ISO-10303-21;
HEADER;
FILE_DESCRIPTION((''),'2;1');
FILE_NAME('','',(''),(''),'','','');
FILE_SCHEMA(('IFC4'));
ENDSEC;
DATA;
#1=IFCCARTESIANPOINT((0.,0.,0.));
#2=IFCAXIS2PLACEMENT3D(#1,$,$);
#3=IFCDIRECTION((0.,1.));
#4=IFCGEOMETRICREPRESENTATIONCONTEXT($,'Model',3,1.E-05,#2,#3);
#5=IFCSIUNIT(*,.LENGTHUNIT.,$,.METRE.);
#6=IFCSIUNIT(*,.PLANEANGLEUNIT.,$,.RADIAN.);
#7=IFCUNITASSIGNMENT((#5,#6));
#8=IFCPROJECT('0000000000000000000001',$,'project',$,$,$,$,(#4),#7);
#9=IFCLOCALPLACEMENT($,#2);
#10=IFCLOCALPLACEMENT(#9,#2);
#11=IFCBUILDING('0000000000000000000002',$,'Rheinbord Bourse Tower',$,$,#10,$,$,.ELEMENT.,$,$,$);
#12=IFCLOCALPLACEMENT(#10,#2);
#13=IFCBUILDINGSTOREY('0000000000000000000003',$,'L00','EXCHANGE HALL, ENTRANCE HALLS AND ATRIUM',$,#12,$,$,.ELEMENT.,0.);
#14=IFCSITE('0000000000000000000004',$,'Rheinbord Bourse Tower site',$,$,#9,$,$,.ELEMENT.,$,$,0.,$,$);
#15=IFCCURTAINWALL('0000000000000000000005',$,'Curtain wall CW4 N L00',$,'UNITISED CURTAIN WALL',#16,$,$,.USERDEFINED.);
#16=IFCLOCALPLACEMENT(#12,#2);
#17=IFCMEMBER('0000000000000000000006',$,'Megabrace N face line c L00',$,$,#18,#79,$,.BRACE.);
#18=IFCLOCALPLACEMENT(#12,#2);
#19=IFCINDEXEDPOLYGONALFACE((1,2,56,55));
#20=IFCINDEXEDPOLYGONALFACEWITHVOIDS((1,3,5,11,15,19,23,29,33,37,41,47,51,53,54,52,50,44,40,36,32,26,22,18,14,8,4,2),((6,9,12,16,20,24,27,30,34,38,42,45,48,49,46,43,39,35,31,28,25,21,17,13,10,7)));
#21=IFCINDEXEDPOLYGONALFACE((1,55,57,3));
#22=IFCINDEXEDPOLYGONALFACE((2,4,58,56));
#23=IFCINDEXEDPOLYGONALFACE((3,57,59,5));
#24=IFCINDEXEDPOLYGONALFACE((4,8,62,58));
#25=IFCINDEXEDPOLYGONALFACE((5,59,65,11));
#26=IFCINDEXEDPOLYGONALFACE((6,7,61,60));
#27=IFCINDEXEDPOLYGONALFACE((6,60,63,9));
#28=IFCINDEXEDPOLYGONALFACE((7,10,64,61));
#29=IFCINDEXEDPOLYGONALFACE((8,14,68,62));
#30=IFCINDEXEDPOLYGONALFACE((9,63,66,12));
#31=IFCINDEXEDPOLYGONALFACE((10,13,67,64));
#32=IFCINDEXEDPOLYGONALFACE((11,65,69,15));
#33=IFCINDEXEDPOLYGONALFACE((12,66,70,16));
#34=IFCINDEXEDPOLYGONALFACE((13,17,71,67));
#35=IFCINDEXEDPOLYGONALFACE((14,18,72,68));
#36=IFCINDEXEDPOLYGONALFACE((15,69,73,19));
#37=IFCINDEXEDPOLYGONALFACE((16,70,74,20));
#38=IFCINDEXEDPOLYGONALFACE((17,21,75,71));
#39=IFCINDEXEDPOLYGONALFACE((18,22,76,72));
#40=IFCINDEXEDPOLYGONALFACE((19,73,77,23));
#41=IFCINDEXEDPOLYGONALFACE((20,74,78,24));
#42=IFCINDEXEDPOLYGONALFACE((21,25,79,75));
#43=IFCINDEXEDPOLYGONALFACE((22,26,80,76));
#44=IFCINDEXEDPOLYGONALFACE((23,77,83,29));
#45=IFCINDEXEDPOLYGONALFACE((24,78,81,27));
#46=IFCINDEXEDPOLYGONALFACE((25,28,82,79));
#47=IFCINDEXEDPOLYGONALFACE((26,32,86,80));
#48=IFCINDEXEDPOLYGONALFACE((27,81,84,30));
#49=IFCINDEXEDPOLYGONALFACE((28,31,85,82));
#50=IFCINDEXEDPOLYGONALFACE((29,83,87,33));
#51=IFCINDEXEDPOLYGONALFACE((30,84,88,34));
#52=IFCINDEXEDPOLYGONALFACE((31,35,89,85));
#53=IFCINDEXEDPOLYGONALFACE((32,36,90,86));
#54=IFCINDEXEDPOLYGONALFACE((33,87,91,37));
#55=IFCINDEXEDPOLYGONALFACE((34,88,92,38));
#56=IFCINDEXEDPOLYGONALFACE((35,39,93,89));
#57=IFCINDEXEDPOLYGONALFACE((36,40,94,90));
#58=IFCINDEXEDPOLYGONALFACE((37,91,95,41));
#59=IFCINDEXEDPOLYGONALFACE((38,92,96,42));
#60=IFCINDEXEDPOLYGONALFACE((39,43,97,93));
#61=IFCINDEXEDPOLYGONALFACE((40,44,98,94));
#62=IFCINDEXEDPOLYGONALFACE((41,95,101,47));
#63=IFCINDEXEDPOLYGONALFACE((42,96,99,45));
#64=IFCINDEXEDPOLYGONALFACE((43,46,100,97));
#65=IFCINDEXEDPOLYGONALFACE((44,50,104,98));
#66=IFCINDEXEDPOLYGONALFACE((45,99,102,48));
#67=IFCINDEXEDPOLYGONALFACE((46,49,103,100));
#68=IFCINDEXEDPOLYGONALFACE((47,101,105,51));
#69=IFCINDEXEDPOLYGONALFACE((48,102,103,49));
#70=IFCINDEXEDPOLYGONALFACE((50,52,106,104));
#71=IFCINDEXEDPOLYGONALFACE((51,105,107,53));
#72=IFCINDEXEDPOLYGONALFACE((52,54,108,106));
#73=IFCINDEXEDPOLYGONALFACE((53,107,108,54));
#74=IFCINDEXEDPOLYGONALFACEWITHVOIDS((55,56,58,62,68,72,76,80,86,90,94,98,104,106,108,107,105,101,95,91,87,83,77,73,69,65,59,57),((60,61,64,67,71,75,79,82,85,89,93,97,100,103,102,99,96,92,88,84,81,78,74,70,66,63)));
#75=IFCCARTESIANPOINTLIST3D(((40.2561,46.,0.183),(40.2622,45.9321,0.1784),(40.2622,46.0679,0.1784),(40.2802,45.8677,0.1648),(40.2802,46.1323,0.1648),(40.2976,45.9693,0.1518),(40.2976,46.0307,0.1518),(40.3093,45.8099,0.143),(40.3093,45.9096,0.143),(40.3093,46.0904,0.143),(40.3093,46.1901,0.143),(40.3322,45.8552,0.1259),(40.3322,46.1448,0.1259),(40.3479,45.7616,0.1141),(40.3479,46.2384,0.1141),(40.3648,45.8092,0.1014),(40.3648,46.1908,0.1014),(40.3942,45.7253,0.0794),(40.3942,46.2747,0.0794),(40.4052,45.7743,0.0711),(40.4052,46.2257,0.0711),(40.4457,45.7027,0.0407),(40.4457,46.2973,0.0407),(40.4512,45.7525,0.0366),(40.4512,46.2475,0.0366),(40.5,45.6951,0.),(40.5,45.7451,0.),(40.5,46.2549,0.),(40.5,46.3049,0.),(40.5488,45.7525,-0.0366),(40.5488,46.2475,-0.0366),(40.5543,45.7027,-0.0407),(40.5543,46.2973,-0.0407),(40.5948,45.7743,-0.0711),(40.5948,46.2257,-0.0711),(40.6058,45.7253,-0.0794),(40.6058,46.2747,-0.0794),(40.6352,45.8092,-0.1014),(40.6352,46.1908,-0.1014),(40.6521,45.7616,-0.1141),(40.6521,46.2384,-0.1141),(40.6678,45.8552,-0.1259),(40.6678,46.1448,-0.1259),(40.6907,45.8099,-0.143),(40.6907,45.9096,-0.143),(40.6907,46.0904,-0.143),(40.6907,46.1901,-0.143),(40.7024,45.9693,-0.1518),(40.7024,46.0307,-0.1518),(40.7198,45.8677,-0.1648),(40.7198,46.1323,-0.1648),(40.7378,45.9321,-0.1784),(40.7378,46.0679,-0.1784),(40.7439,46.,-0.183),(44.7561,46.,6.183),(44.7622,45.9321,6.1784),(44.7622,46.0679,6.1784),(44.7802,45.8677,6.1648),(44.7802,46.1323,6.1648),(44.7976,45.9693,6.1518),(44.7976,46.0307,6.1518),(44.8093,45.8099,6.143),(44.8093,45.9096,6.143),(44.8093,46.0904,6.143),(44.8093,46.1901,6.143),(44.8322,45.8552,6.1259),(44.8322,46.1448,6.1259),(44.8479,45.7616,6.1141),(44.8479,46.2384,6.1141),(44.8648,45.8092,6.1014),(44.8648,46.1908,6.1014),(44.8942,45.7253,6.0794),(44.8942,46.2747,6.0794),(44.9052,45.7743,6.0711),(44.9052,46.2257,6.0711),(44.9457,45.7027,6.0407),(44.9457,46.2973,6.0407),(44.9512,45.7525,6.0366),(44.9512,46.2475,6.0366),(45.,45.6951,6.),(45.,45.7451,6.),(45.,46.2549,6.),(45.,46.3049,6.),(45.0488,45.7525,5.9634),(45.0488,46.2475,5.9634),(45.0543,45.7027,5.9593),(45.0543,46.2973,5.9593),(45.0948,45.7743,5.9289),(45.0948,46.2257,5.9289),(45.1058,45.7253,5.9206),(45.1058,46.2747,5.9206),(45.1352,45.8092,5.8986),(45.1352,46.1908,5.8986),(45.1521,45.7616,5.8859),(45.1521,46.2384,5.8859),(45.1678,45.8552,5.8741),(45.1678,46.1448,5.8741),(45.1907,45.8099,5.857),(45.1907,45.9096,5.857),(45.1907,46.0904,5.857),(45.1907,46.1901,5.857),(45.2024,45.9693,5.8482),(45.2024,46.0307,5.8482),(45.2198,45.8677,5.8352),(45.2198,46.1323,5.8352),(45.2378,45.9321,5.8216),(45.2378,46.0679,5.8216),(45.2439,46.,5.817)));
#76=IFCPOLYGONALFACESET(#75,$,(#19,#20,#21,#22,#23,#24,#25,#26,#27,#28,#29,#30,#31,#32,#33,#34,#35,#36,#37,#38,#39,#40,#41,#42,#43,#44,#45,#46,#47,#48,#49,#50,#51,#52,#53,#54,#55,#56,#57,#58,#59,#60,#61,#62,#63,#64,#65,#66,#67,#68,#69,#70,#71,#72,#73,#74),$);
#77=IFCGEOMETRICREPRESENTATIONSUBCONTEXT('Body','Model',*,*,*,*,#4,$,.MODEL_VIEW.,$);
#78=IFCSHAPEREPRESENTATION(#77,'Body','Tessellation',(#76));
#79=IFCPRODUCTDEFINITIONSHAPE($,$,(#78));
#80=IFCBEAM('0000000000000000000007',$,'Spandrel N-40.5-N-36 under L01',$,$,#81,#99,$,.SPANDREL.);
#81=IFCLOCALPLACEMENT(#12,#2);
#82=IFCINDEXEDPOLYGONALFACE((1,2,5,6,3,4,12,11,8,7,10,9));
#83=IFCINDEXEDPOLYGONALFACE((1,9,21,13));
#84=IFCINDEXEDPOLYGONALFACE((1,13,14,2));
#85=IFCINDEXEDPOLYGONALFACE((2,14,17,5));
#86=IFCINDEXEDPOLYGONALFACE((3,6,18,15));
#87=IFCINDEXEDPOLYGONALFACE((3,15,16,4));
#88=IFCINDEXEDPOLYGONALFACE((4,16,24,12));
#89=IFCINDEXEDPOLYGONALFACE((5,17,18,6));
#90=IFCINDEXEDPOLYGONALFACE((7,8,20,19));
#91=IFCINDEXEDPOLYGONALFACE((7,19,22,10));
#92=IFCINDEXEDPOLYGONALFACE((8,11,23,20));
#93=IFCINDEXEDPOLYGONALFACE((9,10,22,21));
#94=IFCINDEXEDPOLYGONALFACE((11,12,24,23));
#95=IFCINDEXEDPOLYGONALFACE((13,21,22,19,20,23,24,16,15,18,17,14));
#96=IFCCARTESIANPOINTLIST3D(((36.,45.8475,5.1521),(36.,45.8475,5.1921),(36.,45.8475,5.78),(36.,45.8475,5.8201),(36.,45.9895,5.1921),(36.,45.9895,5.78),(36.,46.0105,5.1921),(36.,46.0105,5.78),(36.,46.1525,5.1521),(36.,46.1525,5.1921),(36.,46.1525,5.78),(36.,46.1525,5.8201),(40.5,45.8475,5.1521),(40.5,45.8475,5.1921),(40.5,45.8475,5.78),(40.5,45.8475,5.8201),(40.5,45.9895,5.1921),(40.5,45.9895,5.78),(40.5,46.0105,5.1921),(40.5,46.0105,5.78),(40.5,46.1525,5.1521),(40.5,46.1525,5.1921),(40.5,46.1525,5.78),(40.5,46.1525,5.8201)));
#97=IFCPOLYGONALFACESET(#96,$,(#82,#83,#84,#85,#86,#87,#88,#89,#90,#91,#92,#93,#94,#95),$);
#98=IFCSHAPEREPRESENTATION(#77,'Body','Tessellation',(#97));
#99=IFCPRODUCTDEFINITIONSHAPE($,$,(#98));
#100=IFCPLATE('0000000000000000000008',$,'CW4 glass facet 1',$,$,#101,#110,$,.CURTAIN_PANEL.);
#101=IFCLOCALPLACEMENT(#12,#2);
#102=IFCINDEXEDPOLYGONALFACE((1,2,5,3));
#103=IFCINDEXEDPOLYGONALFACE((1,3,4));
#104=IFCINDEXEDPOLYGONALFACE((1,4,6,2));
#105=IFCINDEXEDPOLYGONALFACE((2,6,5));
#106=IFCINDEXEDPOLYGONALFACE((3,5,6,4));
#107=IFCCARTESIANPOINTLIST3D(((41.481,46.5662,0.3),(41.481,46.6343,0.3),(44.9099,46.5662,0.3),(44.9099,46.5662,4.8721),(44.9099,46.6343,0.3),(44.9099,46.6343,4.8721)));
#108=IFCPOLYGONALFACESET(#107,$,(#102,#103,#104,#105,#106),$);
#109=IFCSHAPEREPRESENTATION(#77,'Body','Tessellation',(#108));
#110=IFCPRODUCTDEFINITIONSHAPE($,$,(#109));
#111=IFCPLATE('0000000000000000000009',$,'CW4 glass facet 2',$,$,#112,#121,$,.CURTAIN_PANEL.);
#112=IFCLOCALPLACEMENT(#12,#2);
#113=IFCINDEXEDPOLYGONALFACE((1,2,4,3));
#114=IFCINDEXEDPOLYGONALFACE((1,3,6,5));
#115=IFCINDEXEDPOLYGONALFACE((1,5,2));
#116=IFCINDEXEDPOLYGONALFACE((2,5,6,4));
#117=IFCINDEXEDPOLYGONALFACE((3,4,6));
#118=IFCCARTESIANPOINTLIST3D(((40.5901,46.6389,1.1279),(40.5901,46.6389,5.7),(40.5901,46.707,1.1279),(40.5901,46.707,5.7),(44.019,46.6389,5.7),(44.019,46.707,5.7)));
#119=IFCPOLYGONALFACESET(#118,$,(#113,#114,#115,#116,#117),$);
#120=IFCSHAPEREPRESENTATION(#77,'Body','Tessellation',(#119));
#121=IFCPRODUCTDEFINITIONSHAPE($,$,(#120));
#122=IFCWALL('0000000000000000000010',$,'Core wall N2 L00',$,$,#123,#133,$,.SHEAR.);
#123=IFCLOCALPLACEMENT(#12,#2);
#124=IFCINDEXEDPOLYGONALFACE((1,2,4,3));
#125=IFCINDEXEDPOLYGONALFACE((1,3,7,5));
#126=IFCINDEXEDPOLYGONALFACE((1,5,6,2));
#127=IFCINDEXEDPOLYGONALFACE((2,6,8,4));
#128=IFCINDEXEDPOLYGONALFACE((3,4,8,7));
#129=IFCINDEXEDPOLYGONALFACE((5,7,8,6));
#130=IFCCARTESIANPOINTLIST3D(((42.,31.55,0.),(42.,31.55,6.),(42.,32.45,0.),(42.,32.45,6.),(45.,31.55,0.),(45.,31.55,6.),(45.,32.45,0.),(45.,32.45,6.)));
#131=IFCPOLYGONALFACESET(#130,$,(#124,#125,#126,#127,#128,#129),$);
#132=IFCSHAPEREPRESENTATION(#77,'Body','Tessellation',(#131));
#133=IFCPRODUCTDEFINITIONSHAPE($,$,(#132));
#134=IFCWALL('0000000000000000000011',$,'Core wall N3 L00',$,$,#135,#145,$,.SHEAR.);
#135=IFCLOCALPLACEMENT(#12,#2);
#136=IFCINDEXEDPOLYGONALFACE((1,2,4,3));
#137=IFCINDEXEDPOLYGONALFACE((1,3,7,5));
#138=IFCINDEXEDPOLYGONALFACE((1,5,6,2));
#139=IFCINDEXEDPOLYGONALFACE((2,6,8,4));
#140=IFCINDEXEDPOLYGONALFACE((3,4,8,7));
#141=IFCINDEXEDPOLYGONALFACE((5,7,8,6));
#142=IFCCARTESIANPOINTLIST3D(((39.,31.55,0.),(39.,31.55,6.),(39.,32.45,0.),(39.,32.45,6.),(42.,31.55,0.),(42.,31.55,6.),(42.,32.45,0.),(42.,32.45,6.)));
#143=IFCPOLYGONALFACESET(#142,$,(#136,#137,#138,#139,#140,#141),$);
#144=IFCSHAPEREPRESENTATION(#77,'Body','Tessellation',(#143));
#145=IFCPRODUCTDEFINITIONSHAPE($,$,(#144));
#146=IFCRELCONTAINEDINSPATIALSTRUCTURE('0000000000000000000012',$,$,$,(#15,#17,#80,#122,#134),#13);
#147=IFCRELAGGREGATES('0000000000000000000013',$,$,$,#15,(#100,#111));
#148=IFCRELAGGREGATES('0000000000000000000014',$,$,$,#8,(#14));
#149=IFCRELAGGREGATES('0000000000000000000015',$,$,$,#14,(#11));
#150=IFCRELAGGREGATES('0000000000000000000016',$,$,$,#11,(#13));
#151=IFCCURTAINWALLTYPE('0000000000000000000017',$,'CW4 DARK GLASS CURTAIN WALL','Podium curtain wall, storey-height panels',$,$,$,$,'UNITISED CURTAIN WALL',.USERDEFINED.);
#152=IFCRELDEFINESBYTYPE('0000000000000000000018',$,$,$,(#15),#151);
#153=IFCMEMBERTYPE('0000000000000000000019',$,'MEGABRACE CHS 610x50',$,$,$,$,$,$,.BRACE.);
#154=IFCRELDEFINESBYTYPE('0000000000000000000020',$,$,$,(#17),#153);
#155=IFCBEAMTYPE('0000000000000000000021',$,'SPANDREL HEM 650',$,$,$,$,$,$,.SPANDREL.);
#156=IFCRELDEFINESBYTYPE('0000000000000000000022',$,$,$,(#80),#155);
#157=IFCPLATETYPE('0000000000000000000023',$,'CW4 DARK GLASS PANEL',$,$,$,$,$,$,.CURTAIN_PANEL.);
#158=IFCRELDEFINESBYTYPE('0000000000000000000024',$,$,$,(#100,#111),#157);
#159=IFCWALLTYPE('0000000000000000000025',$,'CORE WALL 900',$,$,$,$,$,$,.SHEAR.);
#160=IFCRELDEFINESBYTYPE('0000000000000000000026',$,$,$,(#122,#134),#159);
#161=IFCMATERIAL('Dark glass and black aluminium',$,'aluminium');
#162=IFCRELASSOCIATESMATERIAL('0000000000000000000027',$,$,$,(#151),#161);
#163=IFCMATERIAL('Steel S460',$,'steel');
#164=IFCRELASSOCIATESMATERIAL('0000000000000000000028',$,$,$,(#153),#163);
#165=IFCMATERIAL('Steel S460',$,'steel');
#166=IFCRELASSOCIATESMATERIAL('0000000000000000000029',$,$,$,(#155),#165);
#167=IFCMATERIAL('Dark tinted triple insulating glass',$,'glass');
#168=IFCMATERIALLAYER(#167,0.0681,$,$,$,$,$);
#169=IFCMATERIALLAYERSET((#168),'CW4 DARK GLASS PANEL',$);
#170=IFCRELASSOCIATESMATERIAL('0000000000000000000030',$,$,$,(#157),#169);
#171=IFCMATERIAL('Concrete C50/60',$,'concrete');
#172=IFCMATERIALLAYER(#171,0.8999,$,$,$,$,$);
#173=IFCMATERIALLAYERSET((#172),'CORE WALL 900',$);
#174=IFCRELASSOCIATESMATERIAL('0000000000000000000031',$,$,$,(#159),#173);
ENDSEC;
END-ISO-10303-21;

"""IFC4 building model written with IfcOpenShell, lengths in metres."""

from ifc_helpers import new_model, si_unit, direction, frame, frame_2d, origin, origin_2d, place, context, subcontext, project, spatial, polyline, rectangle, hollow_circle, i_section, outline, extrude, material, layer, layer_set, material_profile, profile_set, type_object, element, aggregate, save


model = new_model("IFC4")

# Units and contexts
model_context = context("Model", 3, precision=1e-05, world=origin(), true_north=direction((0.0, 1.0)))
body_context = subcontext(model_context, "Body", "Model", "MODEL_VIEW")
ifc_project = project(units=[si_unit("LENGTHUNIT", "METRE"), si_unit("PLANEANGLEUNIT", "RADIAN")], contexts=[model_context])

# Site, building, storey
site_placement = place(None, origin())
site = spatial("IfcSite", under=ifc_project, at=site_placement, Name="Rheinbord Bourse Tower site", CompositionType="ELEMENT", RefElevation=0.0)
building_placement = place(site_placement, origin())
building = spatial("IfcBuilding", under=site, at=building_placement, Name="Rheinbord Bourse Tower", CompositionType="ELEMENT")
storey_placement = place(building_placement, origin())
storey = spatial("IfcBuildingStorey", under=building, at=storey_placement, Name="L00", Description="EXCHANGE HALL, ENTRANCE HALLS AND ATRIUM", CompositionType="ELEMENT", Elevation=0.0)

# Curtain wall
ifc_material_1 = material(Name="Dark glass and black aluminium", Category="aluminium")
curtain_wall_type = type_object("IfcCurtainWallType", Name="CW4 DARK GLASS CURTAIN WALL", Description="Podium curtain wall, storey-height panels", ElementType="UNITISED CURTAIN WALL", PredefinedType="USERDEFINED", material=ifc_material_1)
curtain_wall_placement = place(storey_placement, origin())
curtain_wall = element("IfcCurtainWall", 1, at=curtain_wall_placement, inside=storey, type_object=curtain_wall_type, Name="Curtain wall CW4 N L00", ObjectType="UNITISED CURTAIN WALL", PredefinedType="USERDEFINED")

# Member
ifc_material_2 = material(Name="Steel S460", Category="steel")
ifc_material_profile_1 = material_profile(ifc_material_2, hollow_circle(Radius=0.3049, WallThickness=0.05, at=origin_2d()), Name="CHS 610x50")
ifc_profile_set_1 = profile_set([ifc_material_profile_1], Name="Steel S460")
member_type_1 = type_object("IfcMemberType", Name="MEGABRACE CHS 610x50", PredefinedType="BRACE", material=ifc_profile_set_1)
member_1_placement = place(storey_placement, frame((40.5, 46.0, 0.0), z_axis=(0.6, 0.0, 0.8), x_axis=(0.0, 1.0, 0.0)))
element("IfcMember", 2, at=member_1_placement, inside=storey, type_object=member_type_1, Name="Megabrace N face line c L00", PredefinedType="BRACE", context=body_context, shape_type="SweptSolid", body=[
    extrude(hollow_circle(Radius=0.3049, WallThickness=0.05, at=origin_2d()), origin(), (0.0, 0.0, 1.0), 7.5),
])

# Beam
ifc_material_3 = material(Name="Steel S460", Category="steel")
ifc_material_profile_2 = material_profile(ifc_material_3, i_section(OverallWidth=0.3049, OverallDepth=0.668, WebThickness=0.021, FlangeThickness=0.04, at=origin_2d()), Name="HEM 650")
ifc_profile_set_2 = profile_set([ifc_material_profile_2], Name="Steel S460")
beam_type_1 = type_object("IfcBeamType", Name="SPANDREL HEM 650", PredefinedType="SPANDREL", material=ifc_profile_set_2)
beam_placement = place(storey_placement, frame((40.5, 46.0, 5.4861), z_axis=(-1.0, 0.0, 0.0), x_axis=(0.0, -1.0, 0.0)))
element("IfcBeam", 3, at=beam_placement, inside=storey, type_object=beam_type_1, Name="Spandrel N-40.5-N-36 under L01", PredefinedType="SPANDREL", context=body_context, shape_type="SweptSolid", body=[
    extrude(i_section(OverallWidth=0.3049, OverallDepth=0.668, WebThickness=0.021, FlangeThickness=0.04, at=origin_2d()), origin(), (0.0, 0.0, 1.0), 4.5),
])

# Plates
ifc_material_4 = material(Name="Dark tinted triple insulating glass", Category="glass")
ifc_layer_1 = layer(ifc_material_4, 0.0681)
ifc_layer_set_1 = layer_set([ifc_layer_1], Name="CW4 DARK GLASS PANEL")
plate_type = type_object("IfcPlateType", Name="CW4 DARK GLASS PANEL", PredefinedType="CURTAIN_PANEL", material=ifc_layer_set_1)
plate_1_placement = place(storey_placement, frame((44.9099, 46.6343, 0.3), z_axis=(0.0, -1.0, 0.0), x_axis=(0.0, 0.0, 1.0)))
plate_1 = element("IfcPlate", 4, at=plate_1_placement, type_object=plate_type, Name="CW4 glass facet 1", PredefinedType="CURTAIN_PANEL", context=body_context, shape_type="SweptSolid", body=[
    extrude(outline(polyline([(0.0, 0.0), (4.572, 0.0), (0.0, 3.429), (0.0, 0.0)])), origin(), (0.0, 0.0, 1.0), 0.0681),
])
plate_2_placement = place(storey_placement, frame((40.5901, 46.707, 5.7), z_axis=(0.0, -1.0, 0.0), x_axis=(0.0, 0.0, -1.0)))
plate_2 = element("IfcPlate", 5, at=plate_2_placement, type_object=plate_type, Name="CW4 glass facet 2", PredefinedType="CURTAIN_PANEL", context=body_context, shape_type="SweptSolid", body=[
    extrude(outline(polyline([(0.0, 0.0), (4.572, 0.0), (0.0, 3.429), (0.0, 0.0)])), origin(), (0.0, 0.0, 1.0), 0.0681),
])
aggregate(curtain_wall, [plate_1, plate_2])

# Walls
ifc_material_5 = material(Name="Concrete C50/60", Category="concrete")
ifc_layer_2 = layer(ifc_material_5, 0.8999)
ifc_layer_set_2 = layer_set([ifc_layer_2], Name="CORE WALL 900")
wall_type_1 = type_object("IfcWallType", Name="CORE WALL 900", PredefinedType="SHEAR", material=ifc_layer_set_2)
for number, where, z_axis, x_axis, name in (
    (6, (45.0, 32.0, 0.0), (0.0, 0.0, 1.0), (-1.0, 0.0, 0.0), "Core wall N2 L00"),
    (7, (42.0, 32.0, 0.0), (0.0, 0.0, 1.0), (-1.0, 0.0, 0.0), "Core wall N3 L00"),
):
    element("IfcWall", number, at=place(storey_placement, frame(where, z_axis=z_axis, x_axis=x_axis)), inside=storey, type_object=wall_type_1, Name=name, PredefinedType="SHEAR", context=body_context, shape_type="SweptSolid", body=[
        extrude(rectangle(XDim=3.0, YDim=0.8999, at=frame_2d((1.5, 0.0))), origin(), (0.0, 0.0, 1.0), 6.0),
    ])

save(model, "model.ifc")
